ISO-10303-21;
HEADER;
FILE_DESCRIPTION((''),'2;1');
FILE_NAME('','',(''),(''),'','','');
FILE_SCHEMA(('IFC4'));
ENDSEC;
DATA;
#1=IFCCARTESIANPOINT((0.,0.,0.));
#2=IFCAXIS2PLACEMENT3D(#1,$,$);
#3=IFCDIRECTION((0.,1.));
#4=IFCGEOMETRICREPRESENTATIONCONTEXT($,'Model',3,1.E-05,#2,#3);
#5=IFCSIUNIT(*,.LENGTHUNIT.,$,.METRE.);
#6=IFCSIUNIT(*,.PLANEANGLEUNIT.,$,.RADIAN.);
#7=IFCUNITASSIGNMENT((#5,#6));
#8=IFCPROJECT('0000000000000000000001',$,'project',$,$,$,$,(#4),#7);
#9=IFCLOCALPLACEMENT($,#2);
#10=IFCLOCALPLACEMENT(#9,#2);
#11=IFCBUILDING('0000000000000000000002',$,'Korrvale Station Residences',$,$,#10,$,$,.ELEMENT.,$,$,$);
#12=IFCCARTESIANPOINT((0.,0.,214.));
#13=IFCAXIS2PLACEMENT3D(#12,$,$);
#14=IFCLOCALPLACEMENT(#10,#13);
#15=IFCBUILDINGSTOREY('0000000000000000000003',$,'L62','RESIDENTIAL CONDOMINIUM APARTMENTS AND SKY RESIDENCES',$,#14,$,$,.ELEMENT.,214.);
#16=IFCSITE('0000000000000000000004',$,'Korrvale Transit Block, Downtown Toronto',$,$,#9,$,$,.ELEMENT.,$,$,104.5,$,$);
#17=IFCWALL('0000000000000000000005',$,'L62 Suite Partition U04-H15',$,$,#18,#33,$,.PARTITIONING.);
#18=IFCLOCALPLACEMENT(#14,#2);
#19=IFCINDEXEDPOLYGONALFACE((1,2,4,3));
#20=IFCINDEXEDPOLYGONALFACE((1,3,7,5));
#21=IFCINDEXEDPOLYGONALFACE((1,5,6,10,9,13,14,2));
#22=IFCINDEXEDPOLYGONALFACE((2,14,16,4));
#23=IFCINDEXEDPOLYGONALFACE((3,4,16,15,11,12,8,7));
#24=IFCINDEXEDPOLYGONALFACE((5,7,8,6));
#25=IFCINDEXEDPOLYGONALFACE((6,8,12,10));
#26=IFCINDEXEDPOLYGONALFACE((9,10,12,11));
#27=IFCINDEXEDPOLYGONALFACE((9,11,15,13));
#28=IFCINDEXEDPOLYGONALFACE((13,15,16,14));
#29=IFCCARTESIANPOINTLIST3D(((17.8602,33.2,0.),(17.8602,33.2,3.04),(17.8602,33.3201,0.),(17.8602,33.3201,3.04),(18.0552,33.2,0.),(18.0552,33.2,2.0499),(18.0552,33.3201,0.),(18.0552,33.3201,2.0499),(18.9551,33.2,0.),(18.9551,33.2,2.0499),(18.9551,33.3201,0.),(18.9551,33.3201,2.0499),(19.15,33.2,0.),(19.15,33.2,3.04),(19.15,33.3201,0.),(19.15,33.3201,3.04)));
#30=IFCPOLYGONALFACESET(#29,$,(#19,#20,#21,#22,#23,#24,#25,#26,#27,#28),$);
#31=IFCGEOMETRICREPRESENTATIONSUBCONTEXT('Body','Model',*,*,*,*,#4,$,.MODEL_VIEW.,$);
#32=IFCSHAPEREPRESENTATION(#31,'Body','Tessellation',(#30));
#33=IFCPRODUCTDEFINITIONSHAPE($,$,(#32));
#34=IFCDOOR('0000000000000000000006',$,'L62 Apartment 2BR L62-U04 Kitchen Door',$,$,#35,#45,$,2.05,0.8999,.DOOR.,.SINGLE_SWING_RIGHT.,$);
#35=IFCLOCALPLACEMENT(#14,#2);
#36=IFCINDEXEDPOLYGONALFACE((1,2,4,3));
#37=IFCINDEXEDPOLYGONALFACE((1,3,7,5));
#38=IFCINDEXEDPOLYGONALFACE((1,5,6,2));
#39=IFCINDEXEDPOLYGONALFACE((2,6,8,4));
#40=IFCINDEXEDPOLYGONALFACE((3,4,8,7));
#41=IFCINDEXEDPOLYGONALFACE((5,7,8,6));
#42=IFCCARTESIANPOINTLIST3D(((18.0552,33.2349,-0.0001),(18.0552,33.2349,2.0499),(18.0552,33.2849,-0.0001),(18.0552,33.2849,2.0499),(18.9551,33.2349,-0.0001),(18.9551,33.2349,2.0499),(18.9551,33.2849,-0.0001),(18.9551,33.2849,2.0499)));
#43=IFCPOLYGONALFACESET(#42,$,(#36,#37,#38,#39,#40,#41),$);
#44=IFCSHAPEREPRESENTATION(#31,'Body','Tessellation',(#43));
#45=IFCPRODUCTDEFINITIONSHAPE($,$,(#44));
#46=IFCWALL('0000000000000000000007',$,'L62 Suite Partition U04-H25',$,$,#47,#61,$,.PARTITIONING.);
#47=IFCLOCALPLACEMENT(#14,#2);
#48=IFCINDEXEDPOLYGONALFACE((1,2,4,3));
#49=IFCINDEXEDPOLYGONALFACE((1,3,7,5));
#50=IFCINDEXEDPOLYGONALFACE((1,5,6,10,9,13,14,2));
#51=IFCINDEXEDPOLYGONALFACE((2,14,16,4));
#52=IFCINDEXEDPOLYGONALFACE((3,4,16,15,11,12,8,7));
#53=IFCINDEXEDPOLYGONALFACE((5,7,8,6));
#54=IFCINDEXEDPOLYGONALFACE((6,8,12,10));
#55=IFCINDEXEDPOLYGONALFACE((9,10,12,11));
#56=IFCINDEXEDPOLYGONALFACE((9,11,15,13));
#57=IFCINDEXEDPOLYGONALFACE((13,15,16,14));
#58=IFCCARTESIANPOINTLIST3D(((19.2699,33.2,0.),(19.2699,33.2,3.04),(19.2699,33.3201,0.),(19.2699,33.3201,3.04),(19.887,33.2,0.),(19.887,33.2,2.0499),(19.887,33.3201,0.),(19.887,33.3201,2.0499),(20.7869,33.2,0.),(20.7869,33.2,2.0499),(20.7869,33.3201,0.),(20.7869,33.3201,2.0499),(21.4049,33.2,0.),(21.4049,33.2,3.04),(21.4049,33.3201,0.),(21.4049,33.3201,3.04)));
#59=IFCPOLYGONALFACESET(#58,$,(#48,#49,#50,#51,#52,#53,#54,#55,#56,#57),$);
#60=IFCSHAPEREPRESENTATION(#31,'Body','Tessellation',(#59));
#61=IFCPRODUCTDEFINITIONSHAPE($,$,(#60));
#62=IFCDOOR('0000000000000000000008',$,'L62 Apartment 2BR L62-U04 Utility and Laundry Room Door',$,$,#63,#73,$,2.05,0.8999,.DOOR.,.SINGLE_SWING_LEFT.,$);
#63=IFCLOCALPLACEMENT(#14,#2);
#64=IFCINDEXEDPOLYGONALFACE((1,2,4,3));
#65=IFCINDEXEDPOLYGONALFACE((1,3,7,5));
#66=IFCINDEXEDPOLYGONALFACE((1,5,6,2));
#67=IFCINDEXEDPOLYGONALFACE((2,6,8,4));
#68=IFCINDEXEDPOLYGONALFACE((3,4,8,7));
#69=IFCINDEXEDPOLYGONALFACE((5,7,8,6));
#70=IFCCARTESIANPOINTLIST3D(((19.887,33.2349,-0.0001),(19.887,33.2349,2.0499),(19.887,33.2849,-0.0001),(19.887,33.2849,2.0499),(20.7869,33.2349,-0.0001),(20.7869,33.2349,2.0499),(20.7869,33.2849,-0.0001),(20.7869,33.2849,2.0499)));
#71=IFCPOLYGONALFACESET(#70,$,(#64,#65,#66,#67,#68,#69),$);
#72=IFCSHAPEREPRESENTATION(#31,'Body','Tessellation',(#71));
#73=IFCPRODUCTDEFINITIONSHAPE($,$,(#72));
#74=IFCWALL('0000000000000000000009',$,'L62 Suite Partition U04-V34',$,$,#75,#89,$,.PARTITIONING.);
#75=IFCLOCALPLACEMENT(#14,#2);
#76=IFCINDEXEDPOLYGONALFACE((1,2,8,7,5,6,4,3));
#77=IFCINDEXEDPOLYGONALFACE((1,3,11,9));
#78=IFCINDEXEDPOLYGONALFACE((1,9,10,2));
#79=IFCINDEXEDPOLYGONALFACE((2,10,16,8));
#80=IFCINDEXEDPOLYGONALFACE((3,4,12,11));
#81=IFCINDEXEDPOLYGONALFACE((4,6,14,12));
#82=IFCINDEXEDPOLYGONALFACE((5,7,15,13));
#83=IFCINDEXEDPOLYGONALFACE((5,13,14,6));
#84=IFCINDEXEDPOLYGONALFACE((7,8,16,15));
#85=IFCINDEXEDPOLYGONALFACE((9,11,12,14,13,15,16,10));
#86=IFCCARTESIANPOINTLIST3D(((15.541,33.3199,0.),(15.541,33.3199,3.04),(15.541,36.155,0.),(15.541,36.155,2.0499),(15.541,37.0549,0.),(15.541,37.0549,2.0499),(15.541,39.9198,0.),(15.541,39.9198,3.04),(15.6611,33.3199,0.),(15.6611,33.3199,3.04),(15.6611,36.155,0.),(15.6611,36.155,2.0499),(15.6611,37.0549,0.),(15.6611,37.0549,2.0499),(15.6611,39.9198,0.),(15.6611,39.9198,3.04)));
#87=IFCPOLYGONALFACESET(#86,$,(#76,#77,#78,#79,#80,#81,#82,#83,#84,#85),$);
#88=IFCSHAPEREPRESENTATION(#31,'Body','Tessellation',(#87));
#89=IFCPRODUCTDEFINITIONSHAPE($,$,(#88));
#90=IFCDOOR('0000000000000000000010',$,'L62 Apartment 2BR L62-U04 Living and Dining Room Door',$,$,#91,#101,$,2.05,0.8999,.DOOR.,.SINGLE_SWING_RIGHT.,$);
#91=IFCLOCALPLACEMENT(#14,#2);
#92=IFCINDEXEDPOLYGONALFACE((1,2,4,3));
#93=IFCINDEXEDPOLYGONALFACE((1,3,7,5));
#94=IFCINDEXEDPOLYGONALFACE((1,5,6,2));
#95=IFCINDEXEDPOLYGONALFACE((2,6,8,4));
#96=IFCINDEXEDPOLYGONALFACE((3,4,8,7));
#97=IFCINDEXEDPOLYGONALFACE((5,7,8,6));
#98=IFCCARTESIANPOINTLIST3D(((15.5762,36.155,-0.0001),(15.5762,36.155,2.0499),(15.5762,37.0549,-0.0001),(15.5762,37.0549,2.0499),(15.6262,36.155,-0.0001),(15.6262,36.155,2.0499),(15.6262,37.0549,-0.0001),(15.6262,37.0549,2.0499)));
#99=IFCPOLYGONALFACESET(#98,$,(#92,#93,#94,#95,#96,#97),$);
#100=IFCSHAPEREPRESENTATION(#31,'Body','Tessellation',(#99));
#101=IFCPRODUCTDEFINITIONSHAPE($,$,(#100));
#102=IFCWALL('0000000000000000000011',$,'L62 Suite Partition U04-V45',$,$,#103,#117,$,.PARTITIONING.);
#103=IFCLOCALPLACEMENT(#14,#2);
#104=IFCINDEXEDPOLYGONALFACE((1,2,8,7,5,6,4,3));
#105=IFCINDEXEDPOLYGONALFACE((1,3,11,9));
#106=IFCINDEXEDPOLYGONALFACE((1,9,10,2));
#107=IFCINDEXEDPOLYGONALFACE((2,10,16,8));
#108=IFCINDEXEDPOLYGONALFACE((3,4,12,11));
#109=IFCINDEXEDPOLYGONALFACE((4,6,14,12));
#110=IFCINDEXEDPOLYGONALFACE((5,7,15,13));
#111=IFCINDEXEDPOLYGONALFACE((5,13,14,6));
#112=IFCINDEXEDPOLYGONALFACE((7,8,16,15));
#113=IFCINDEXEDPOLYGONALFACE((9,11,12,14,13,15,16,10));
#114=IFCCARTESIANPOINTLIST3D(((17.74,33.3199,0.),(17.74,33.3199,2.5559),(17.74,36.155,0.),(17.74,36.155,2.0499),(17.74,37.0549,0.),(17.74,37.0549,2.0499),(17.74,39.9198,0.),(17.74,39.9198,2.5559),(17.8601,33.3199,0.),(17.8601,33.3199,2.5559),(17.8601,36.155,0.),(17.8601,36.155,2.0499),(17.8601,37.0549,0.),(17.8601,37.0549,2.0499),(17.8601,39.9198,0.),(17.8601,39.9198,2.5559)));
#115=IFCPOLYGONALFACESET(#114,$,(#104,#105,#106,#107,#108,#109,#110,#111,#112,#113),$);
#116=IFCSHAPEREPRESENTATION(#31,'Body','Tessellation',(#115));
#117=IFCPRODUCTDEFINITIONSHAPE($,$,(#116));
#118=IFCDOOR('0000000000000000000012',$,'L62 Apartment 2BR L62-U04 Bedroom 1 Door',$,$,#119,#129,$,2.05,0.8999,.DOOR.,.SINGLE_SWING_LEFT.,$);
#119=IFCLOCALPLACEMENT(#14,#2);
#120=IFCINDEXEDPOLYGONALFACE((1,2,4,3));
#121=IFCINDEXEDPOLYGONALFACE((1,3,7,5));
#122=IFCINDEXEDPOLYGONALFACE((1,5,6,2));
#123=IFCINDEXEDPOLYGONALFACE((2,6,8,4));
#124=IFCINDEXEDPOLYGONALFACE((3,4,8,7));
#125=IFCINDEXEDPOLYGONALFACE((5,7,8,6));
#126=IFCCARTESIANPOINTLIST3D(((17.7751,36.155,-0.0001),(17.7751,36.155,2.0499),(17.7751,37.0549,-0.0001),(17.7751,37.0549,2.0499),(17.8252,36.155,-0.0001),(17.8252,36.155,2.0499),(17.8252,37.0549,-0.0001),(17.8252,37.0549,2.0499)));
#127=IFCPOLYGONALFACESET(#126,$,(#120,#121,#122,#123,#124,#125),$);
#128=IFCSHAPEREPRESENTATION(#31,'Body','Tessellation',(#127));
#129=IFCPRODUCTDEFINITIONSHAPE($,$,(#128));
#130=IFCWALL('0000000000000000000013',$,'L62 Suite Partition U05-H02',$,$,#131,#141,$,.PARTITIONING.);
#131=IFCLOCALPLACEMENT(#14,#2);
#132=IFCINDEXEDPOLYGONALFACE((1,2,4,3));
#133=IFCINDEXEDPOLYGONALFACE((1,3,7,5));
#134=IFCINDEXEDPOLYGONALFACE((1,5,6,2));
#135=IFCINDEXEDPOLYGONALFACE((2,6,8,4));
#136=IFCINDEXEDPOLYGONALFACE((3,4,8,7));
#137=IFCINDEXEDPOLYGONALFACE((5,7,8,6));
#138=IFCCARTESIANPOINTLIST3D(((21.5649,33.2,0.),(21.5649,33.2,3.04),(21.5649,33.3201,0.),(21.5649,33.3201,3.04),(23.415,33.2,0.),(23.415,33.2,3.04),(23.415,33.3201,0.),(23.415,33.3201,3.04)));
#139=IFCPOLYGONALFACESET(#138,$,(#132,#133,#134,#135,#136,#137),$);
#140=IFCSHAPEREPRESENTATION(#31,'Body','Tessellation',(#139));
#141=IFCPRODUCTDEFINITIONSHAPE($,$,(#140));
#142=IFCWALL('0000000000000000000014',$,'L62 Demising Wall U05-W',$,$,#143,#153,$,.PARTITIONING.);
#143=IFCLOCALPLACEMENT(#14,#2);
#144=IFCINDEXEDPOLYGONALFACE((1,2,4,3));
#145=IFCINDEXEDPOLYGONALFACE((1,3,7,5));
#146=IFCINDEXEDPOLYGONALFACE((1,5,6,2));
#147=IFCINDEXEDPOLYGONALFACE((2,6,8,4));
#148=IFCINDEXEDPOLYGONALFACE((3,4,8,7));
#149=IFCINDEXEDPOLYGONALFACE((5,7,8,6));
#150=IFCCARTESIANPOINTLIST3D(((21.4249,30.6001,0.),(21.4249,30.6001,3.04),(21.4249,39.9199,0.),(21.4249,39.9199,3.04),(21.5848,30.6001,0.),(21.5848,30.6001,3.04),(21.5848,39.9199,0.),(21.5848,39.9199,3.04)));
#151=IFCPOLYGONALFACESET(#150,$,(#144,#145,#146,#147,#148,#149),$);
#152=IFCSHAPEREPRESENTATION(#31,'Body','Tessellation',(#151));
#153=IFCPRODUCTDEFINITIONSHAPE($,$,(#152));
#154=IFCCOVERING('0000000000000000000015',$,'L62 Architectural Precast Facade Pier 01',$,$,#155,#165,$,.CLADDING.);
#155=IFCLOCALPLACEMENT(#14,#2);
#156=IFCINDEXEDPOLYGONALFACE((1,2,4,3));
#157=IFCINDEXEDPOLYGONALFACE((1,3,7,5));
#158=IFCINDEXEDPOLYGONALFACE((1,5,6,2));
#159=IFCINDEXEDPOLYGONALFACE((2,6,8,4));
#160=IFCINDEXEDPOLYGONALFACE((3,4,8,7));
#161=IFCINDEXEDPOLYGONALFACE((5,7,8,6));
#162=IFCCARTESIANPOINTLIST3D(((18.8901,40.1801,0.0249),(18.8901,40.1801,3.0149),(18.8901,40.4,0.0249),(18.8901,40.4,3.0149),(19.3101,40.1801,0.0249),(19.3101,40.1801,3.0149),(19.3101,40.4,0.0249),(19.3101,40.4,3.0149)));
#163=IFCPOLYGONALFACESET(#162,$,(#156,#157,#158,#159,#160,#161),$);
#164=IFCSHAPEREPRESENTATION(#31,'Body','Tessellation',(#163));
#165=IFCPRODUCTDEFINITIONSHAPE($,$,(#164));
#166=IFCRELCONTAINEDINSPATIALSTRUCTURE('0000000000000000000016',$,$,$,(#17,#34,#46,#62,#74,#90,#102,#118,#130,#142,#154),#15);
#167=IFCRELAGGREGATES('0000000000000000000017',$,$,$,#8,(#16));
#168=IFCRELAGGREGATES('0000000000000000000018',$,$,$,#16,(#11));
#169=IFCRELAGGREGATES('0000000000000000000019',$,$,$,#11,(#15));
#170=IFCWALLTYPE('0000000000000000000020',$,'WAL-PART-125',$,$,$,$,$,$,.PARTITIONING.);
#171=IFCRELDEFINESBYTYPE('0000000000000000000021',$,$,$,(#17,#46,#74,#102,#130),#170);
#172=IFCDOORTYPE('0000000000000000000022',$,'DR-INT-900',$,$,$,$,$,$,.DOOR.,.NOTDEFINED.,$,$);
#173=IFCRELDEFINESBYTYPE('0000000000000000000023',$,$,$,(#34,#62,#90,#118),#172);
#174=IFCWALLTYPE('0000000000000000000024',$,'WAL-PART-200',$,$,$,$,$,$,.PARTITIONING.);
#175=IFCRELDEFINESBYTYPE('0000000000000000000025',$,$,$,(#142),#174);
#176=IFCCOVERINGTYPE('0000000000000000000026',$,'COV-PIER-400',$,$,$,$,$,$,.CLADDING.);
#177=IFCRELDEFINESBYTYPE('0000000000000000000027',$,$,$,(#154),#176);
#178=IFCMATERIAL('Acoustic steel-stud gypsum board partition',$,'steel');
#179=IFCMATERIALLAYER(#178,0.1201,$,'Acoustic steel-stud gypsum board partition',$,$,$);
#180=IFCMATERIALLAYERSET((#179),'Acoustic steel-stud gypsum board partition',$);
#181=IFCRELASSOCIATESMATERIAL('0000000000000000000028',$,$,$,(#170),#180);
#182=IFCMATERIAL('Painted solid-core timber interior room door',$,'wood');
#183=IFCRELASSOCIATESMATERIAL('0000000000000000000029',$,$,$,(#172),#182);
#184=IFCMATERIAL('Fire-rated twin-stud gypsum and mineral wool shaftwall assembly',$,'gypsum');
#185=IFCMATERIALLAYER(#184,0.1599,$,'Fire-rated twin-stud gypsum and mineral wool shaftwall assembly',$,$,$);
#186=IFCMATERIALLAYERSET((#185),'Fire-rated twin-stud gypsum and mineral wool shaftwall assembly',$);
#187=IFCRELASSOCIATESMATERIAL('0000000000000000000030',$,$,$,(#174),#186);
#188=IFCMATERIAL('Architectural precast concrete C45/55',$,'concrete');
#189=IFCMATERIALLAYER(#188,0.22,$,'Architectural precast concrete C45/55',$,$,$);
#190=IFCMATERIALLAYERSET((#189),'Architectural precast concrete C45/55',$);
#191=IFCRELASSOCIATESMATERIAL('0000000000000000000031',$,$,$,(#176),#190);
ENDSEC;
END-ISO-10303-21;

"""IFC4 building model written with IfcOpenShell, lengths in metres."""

from ifc_helpers import new_model, si_unit, direction, frame, frame_2d, origin, origin_2d, place, context, subcontext, project, spatial, rectangle, extrude, material, layer, layer_set, type_object, element, fill, save


model = new_model("IFC4")

# Units and contexts
model_context = context("Model", 3, precision=1e-05, world=origin(), true_north=direction((0.0, 1.0)))
body_context = subcontext(model_context, "Body", "Model", "MODEL_VIEW")
ifc_project = project(units=[si_unit("LENGTHUNIT", "METRE"), si_unit("PLANEANGLEUNIT", "RADIAN")], contexts=[model_context])

# Site, building, storey
site_placement = place(None, origin())
site = spatial("IfcSite", under=ifc_project, at=site_placement, Name="Korrvale Transit Block, Downtown Toronto", CompositionType="ELEMENT", RefElevation=104.5)
building_placement = place(site_placement, origin())
building = spatial("IfcBuilding", under=site, at=building_placement, Name="Korrvale Station Residences", CompositionType="ELEMENT")
storey_placement = place(building_placement, frame((0.0, 0.0, 214.0)))
storey = spatial("IfcBuildingStorey", under=building, at=storey_placement, Name="L62", Description="RESIDENTIAL CONDOMINIUM APARTMENTS AND SKY RESIDENCES", CompositionType="ELEMENT", Elevation=214.0)

# Walls, openings, doors
ifc_material_1 = material(Name="Acoustic steel-stud gypsum board partition", Category="steel")
ifc_layer_1 = layer(ifc_material_1, 0.1201, Name="Acoustic steel-stud gypsum board partition")
ifc_layer_set_1 = layer_set([ifc_layer_1], Name="Acoustic steel-stud gypsum board partition")
wall_type_1 = type_object("IfcWallType", Name="WAL-PART-125", PredefinedType="PARTITIONING", material=ifc_layer_set_1)
ifc_material_2 = material(Name="Painted solid-core timber interior room door", Category="wood")
door_type_1 = type_object("IfcDoorType", Name="DR-INT-900", OperationType="NOTDEFINED", PredefinedType="DOOR", material=ifc_material_2)
wall_1_placement = place(storey_placement, frame((17.8601, 33.26, 0.0), z_axis=(0.0, 0.0, 1.0), x_axis=(1.0, 0.0, 0.0)))
wall_1 = element("IfcWall", 1, at=wall_1_placement, inside=storey, type_object=wall_type_1, Name="L62 Suite Partition U04-H15", PredefinedType="PARTITIONING", context=body_context, shape_type="SweptSolid", body=[
    extrude(rectangle(XDim=1.2898, YDim=0.1201, at=frame_2d((0.645, 0.0))), origin(), (0.0, 0.0, 1.0), 3.04),
])
opening_1_placement = place(wall_1_placement, frame((0.1951, 0.0, 0.0)))
opening_1 = element("IfcOpeningElement", 2, at=opening_1_placement, cuts=wall_1, PredefinedType="OPENING", context=body_context, shape_type="SweptSolid", body=[
    extrude(rectangle(XDim=0.8999, YDim=2.05, at=frame_2d((0.45, 1.0249))), frame((0.0, 0.0701, 0.0), z_axis=(0.0, -1.0, 0.0), x_axis=(1.0, 0.0, 0.0)), (0.0, 0.0, 1.0), 0.1401),
])
door_1_placement = place(opening_1_placement, origin())
door_1 = element("IfcDoor", 3, at=door_1_placement, inside=storey, type_object=door_type_1, Name="L62 Apartment 2BR L62-U04 Kitchen Door", OperationType="SINGLE_SWING_RIGHT", OverallHeight=2.05, OverallWidth=0.8999, PredefinedType="DOOR", context=body_context, shape_type="SweptSolid", body=[
    extrude(rectangle(XDim=0.8999, YDim=2.05, at=frame_2d((0.45, 1.0249))), frame((0.0, 0.0249, 0.0), z_axis=(0.0, -1.0, 0.0), x_axis=(1.0, 0.0, 0.0)), (0.0, 0.0, 1.0), 0.05),
])
fill(opening_1, door_1)
wall_2_placement = place(storey_placement, frame((19.27, 33.26, 0.0), z_axis=(0.0, 0.0, 1.0), x_axis=(1.0, 0.0, 0.0)))
wall_2 = element("IfcWall", 4, at=wall_2_placement, inside=storey, type_object=wall_type_1, Name="L62 Suite Partition U04-H25", PredefinedType="PARTITIONING", context=body_context, shape_type="SweptSolid", body=[
    extrude(rectangle(XDim=2.135, YDim=0.1201, at=frame_2d((1.0674, 0.0))), origin(), (0.0, 0.0, 1.0), 3.04),
])
opening_2_placement = place(wall_2_placement, frame((0.6169, 0.0, 0.0)))
opening_2 = element("IfcOpeningElement", 5, at=opening_2_placement, cuts=wall_2, PredefinedType="OPENING", context=body_context, shape_type="SweptSolid", body=[
    extrude(rectangle(XDim=0.8999, YDim=2.05, at=frame_2d((0.45, 1.0249))), frame((0.0, 0.0701, 0.0), z_axis=(0.0, -1.0, 0.0), x_axis=(1.0, 0.0, 0.0)), (0.0, 0.0, 1.0), 0.1401),
])
door_2_placement = place(opening_2_placement, origin())
door_2 = element("IfcDoor", 6, at=door_2_placement, inside=storey, type_object=door_type_1, Name="L62 Apartment 2BR L62-U04 Utility and Laundry Room Door", OperationType="SINGLE_SWING_LEFT", OverallHeight=2.05, OverallWidth=0.8999, PredefinedType="DOOR", context=body_context, shape_type="SweptSolid", body=[
    extrude(rectangle(XDim=0.8999, YDim=2.05, at=frame_2d((0.45, 1.0249))), frame((0.0, 0.0249, 0.0), z_axis=(0.0, -1.0, 0.0), x_axis=(1.0, 0.0, 0.0)), (0.0, 0.0, 1.0), 0.05),
])
fill(opening_2, door_2)
wall_3_placement = place(storey_placement, frame((15.6011, 33.3201, 0.0), z_axis=(0.0, 0.0, 1.0), x_axis=(0.0, 1.0, 0.0)))
wall_3 = element("IfcWall", 7, at=wall_3_placement, inside=storey, type_object=wall_type_1, Name="L62 Suite Partition U04-V34", PredefinedType="PARTITIONING", context=body_context, shape_type="SweptSolid", body=[
    extrude(rectangle(XDim=6.5999, YDim=0.1201, at=frame_2d((3.2998, 0.0))), origin(), (0.0, 0.0, 1.0), 3.04),
])
opening_3_placement = place(wall_3_placement, frame((2.835, 0.0, 0.0)))
opening_3 = element("IfcOpeningElement", 8, at=opening_3_placement, cuts=wall_3, PredefinedType="OPENING", context=body_context, shape_type="SweptSolid", body=[
    extrude(rectangle(XDim=0.8999, YDim=2.05, at=frame_2d((0.45, 1.0249))), frame((0.0, 0.0701, 0.0), z_axis=(0.0, -1.0, 0.0), x_axis=(1.0, 0.0, 0.0)), (0.0, 0.0, 1.0), 0.1401),
])
door_3_placement = place(opening_3_placement, origin())
door_3 = element("IfcDoor", 9, at=door_3_placement, inside=storey, type_object=door_type_1, Name="L62 Apartment 2BR L62-U04 Living and Dining Room Door", OperationType="SINGLE_SWING_RIGHT", OverallHeight=2.05, OverallWidth=0.8999, PredefinedType="DOOR", context=body_context, shape_type="SweptSolid", body=[
    extrude(rectangle(XDim=0.8999, YDim=2.05, at=frame_2d((0.45, 1.0249))), frame((0.0, 0.0249, 0.0), z_axis=(0.0, -1.0, 0.0), x_axis=(1.0, 0.0, 0.0)), (0.0, 0.0, 1.0), 0.05),
])
fill(opening_3, door_3)
wall_4_placement = place(storey_placement, frame((17.8, 33.3201, 0.0), z_axis=(0.0, 0.0, 1.0), x_axis=(0.0, 1.0, 0.0)))
wall_4 = element("IfcWall", 10, at=wall_4_placement, inside=storey, type_object=wall_type_1, Name="L62 Suite Partition U04-V45", PredefinedType="PARTITIONING", context=body_context, shape_type="SweptSolid", body=[
    extrude(rectangle(XDim=6.5999, YDim=0.1201, at=frame_2d((3.2998, 0.0))), origin(), (0.0, 0.0, 1.0), 2.5559),
])
opening_4_placement = place(wall_4_placement, frame((2.835, 0.0, 0.0)))
opening_4 = element("IfcOpeningElement", 11, at=opening_4_placement, cuts=wall_4, PredefinedType="OPENING", context=body_context, shape_type="SweptSolid", body=[
    extrude(rectangle(XDim=0.8999, YDim=2.05, at=frame_2d((0.45, 1.0249))), frame((0.0, 0.0701, 0.0), z_axis=(0.0, -1.0, 0.0), x_axis=(1.0, 0.0, 0.0)), (0.0, 0.0, 1.0), 0.1401),
])
door_4_placement = place(opening_4_placement, origin())
door_4 = element("IfcDoor", 12, at=door_4_placement, inside=storey, type_object=door_type_1, Name="L62 Apartment 2BR L62-U04 Bedroom 1 Door", OperationType="SINGLE_SWING_LEFT", OverallHeight=2.05, OverallWidth=0.8999, PredefinedType="DOOR", context=body_context, shape_type="SweptSolid", body=[
    extrude(rectangle(XDim=0.8999, YDim=2.05, at=frame_2d((0.45, 1.0249))), frame((0.0, 0.0249, 0.0), z_axis=(0.0, -1.0, 0.0), x_axis=(1.0, 0.0, 0.0)), (0.0, 0.0, 1.0), 0.05),
])
fill(opening_4, door_4)

# Walls
wall_5_placement = place(storey_placement, frame((21.5649, 33.26, 0.0), z_axis=(0.0, 0.0, 1.0), x_axis=(1.0, 0.0, 0.0)))
element("IfcWall", 13, at=wall_5_placement, inside=storey, type_object=wall_type_1, Name="L62 Suite Partition U05-H02", PredefinedType="PARTITIONING", context=body_context, shape_type="SweptSolid", body=[
    extrude(rectangle(XDim=1.8501, YDim=0.1201, at=frame_2d((0.925, 0.0))), origin(), (0.0, 0.0, 1.0), 3.04),
])
ifc_material_3 = material(Name="Fire-rated twin-stud gypsum and mineral wool shaftwall assembly", Category="gypsum")
ifc_layer_2 = layer(ifc_material_3, 0.1599, Name="Fire-rated twin-stud gypsum and mineral wool shaftwall assembly")
ifc_layer_set_2 = layer_set([ifc_layer_2], Name="Fire-rated twin-stud gypsum and mineral wool shaftwall assembly")
wall_type_2 = type_object("IfcWallType", Name="WAL-PART-200", PredefinedType="PARTITIONING", material=ifc_layer_set_2)
wall_6_placement = place(storey_placement, frame((21.5049, 30.6001, 0.0), z_axis=(0.0, 0.0, 1.0), x_axis=(0.0, 1.0, 0.0)))
element("IfcWall", 14, at=wall_6_placement, inside=storey, type_object=wall_type_2, Name="L62 Demising Wall U05-W", PredefinedType="PARTITIONING", context=body_context, shape_type="SweptSolid", body=[
    extrude(rectangle(XDim=9.3198, YDim=0.1599, at=frame_2d((4.6599, 0.0))), origin(), (0.0, 0.0, 1.0), 3.04),
])

# Covering
ifc_material_4 = material(Name="Architectural precast concrete C45/55", Category="concrete")
ifc_layer_3 = layer(ifc_material_4, 0.22, Name="Architectural precast concrete C45/55")
ifc_layer_set_3 = layer_set([ifc_layer_3], Name="Architectural precast concrete C45/55")
covering_type = type_object("IfcCoveringType", Name="COV-PIER-400", PredefinedType="CLADDING", material=ifc_layer_set_3)
covering_placement = place(storey_placement, frame((19.1001, 40.29, 0.0249), z_axis=(0.0, 0.0, 1.0), x_axis=(1.0, 0.0, 0.0)))
element("IfcCovering", 15, at=covering_placement, inside=storey, type_object=covering_type, Name="L62 Architectural Precast Facade Pier 01", PredefinedType="CLADDING", context=body_context, shape_type="SweptSolid", body=[
    extrude(rectangle(XDim=0.4199, YDim=0.22, at=origin_2d()), origin(), (0.0, 0.0, 1.0), 2.99),
])

save(model, "model.ifc")
